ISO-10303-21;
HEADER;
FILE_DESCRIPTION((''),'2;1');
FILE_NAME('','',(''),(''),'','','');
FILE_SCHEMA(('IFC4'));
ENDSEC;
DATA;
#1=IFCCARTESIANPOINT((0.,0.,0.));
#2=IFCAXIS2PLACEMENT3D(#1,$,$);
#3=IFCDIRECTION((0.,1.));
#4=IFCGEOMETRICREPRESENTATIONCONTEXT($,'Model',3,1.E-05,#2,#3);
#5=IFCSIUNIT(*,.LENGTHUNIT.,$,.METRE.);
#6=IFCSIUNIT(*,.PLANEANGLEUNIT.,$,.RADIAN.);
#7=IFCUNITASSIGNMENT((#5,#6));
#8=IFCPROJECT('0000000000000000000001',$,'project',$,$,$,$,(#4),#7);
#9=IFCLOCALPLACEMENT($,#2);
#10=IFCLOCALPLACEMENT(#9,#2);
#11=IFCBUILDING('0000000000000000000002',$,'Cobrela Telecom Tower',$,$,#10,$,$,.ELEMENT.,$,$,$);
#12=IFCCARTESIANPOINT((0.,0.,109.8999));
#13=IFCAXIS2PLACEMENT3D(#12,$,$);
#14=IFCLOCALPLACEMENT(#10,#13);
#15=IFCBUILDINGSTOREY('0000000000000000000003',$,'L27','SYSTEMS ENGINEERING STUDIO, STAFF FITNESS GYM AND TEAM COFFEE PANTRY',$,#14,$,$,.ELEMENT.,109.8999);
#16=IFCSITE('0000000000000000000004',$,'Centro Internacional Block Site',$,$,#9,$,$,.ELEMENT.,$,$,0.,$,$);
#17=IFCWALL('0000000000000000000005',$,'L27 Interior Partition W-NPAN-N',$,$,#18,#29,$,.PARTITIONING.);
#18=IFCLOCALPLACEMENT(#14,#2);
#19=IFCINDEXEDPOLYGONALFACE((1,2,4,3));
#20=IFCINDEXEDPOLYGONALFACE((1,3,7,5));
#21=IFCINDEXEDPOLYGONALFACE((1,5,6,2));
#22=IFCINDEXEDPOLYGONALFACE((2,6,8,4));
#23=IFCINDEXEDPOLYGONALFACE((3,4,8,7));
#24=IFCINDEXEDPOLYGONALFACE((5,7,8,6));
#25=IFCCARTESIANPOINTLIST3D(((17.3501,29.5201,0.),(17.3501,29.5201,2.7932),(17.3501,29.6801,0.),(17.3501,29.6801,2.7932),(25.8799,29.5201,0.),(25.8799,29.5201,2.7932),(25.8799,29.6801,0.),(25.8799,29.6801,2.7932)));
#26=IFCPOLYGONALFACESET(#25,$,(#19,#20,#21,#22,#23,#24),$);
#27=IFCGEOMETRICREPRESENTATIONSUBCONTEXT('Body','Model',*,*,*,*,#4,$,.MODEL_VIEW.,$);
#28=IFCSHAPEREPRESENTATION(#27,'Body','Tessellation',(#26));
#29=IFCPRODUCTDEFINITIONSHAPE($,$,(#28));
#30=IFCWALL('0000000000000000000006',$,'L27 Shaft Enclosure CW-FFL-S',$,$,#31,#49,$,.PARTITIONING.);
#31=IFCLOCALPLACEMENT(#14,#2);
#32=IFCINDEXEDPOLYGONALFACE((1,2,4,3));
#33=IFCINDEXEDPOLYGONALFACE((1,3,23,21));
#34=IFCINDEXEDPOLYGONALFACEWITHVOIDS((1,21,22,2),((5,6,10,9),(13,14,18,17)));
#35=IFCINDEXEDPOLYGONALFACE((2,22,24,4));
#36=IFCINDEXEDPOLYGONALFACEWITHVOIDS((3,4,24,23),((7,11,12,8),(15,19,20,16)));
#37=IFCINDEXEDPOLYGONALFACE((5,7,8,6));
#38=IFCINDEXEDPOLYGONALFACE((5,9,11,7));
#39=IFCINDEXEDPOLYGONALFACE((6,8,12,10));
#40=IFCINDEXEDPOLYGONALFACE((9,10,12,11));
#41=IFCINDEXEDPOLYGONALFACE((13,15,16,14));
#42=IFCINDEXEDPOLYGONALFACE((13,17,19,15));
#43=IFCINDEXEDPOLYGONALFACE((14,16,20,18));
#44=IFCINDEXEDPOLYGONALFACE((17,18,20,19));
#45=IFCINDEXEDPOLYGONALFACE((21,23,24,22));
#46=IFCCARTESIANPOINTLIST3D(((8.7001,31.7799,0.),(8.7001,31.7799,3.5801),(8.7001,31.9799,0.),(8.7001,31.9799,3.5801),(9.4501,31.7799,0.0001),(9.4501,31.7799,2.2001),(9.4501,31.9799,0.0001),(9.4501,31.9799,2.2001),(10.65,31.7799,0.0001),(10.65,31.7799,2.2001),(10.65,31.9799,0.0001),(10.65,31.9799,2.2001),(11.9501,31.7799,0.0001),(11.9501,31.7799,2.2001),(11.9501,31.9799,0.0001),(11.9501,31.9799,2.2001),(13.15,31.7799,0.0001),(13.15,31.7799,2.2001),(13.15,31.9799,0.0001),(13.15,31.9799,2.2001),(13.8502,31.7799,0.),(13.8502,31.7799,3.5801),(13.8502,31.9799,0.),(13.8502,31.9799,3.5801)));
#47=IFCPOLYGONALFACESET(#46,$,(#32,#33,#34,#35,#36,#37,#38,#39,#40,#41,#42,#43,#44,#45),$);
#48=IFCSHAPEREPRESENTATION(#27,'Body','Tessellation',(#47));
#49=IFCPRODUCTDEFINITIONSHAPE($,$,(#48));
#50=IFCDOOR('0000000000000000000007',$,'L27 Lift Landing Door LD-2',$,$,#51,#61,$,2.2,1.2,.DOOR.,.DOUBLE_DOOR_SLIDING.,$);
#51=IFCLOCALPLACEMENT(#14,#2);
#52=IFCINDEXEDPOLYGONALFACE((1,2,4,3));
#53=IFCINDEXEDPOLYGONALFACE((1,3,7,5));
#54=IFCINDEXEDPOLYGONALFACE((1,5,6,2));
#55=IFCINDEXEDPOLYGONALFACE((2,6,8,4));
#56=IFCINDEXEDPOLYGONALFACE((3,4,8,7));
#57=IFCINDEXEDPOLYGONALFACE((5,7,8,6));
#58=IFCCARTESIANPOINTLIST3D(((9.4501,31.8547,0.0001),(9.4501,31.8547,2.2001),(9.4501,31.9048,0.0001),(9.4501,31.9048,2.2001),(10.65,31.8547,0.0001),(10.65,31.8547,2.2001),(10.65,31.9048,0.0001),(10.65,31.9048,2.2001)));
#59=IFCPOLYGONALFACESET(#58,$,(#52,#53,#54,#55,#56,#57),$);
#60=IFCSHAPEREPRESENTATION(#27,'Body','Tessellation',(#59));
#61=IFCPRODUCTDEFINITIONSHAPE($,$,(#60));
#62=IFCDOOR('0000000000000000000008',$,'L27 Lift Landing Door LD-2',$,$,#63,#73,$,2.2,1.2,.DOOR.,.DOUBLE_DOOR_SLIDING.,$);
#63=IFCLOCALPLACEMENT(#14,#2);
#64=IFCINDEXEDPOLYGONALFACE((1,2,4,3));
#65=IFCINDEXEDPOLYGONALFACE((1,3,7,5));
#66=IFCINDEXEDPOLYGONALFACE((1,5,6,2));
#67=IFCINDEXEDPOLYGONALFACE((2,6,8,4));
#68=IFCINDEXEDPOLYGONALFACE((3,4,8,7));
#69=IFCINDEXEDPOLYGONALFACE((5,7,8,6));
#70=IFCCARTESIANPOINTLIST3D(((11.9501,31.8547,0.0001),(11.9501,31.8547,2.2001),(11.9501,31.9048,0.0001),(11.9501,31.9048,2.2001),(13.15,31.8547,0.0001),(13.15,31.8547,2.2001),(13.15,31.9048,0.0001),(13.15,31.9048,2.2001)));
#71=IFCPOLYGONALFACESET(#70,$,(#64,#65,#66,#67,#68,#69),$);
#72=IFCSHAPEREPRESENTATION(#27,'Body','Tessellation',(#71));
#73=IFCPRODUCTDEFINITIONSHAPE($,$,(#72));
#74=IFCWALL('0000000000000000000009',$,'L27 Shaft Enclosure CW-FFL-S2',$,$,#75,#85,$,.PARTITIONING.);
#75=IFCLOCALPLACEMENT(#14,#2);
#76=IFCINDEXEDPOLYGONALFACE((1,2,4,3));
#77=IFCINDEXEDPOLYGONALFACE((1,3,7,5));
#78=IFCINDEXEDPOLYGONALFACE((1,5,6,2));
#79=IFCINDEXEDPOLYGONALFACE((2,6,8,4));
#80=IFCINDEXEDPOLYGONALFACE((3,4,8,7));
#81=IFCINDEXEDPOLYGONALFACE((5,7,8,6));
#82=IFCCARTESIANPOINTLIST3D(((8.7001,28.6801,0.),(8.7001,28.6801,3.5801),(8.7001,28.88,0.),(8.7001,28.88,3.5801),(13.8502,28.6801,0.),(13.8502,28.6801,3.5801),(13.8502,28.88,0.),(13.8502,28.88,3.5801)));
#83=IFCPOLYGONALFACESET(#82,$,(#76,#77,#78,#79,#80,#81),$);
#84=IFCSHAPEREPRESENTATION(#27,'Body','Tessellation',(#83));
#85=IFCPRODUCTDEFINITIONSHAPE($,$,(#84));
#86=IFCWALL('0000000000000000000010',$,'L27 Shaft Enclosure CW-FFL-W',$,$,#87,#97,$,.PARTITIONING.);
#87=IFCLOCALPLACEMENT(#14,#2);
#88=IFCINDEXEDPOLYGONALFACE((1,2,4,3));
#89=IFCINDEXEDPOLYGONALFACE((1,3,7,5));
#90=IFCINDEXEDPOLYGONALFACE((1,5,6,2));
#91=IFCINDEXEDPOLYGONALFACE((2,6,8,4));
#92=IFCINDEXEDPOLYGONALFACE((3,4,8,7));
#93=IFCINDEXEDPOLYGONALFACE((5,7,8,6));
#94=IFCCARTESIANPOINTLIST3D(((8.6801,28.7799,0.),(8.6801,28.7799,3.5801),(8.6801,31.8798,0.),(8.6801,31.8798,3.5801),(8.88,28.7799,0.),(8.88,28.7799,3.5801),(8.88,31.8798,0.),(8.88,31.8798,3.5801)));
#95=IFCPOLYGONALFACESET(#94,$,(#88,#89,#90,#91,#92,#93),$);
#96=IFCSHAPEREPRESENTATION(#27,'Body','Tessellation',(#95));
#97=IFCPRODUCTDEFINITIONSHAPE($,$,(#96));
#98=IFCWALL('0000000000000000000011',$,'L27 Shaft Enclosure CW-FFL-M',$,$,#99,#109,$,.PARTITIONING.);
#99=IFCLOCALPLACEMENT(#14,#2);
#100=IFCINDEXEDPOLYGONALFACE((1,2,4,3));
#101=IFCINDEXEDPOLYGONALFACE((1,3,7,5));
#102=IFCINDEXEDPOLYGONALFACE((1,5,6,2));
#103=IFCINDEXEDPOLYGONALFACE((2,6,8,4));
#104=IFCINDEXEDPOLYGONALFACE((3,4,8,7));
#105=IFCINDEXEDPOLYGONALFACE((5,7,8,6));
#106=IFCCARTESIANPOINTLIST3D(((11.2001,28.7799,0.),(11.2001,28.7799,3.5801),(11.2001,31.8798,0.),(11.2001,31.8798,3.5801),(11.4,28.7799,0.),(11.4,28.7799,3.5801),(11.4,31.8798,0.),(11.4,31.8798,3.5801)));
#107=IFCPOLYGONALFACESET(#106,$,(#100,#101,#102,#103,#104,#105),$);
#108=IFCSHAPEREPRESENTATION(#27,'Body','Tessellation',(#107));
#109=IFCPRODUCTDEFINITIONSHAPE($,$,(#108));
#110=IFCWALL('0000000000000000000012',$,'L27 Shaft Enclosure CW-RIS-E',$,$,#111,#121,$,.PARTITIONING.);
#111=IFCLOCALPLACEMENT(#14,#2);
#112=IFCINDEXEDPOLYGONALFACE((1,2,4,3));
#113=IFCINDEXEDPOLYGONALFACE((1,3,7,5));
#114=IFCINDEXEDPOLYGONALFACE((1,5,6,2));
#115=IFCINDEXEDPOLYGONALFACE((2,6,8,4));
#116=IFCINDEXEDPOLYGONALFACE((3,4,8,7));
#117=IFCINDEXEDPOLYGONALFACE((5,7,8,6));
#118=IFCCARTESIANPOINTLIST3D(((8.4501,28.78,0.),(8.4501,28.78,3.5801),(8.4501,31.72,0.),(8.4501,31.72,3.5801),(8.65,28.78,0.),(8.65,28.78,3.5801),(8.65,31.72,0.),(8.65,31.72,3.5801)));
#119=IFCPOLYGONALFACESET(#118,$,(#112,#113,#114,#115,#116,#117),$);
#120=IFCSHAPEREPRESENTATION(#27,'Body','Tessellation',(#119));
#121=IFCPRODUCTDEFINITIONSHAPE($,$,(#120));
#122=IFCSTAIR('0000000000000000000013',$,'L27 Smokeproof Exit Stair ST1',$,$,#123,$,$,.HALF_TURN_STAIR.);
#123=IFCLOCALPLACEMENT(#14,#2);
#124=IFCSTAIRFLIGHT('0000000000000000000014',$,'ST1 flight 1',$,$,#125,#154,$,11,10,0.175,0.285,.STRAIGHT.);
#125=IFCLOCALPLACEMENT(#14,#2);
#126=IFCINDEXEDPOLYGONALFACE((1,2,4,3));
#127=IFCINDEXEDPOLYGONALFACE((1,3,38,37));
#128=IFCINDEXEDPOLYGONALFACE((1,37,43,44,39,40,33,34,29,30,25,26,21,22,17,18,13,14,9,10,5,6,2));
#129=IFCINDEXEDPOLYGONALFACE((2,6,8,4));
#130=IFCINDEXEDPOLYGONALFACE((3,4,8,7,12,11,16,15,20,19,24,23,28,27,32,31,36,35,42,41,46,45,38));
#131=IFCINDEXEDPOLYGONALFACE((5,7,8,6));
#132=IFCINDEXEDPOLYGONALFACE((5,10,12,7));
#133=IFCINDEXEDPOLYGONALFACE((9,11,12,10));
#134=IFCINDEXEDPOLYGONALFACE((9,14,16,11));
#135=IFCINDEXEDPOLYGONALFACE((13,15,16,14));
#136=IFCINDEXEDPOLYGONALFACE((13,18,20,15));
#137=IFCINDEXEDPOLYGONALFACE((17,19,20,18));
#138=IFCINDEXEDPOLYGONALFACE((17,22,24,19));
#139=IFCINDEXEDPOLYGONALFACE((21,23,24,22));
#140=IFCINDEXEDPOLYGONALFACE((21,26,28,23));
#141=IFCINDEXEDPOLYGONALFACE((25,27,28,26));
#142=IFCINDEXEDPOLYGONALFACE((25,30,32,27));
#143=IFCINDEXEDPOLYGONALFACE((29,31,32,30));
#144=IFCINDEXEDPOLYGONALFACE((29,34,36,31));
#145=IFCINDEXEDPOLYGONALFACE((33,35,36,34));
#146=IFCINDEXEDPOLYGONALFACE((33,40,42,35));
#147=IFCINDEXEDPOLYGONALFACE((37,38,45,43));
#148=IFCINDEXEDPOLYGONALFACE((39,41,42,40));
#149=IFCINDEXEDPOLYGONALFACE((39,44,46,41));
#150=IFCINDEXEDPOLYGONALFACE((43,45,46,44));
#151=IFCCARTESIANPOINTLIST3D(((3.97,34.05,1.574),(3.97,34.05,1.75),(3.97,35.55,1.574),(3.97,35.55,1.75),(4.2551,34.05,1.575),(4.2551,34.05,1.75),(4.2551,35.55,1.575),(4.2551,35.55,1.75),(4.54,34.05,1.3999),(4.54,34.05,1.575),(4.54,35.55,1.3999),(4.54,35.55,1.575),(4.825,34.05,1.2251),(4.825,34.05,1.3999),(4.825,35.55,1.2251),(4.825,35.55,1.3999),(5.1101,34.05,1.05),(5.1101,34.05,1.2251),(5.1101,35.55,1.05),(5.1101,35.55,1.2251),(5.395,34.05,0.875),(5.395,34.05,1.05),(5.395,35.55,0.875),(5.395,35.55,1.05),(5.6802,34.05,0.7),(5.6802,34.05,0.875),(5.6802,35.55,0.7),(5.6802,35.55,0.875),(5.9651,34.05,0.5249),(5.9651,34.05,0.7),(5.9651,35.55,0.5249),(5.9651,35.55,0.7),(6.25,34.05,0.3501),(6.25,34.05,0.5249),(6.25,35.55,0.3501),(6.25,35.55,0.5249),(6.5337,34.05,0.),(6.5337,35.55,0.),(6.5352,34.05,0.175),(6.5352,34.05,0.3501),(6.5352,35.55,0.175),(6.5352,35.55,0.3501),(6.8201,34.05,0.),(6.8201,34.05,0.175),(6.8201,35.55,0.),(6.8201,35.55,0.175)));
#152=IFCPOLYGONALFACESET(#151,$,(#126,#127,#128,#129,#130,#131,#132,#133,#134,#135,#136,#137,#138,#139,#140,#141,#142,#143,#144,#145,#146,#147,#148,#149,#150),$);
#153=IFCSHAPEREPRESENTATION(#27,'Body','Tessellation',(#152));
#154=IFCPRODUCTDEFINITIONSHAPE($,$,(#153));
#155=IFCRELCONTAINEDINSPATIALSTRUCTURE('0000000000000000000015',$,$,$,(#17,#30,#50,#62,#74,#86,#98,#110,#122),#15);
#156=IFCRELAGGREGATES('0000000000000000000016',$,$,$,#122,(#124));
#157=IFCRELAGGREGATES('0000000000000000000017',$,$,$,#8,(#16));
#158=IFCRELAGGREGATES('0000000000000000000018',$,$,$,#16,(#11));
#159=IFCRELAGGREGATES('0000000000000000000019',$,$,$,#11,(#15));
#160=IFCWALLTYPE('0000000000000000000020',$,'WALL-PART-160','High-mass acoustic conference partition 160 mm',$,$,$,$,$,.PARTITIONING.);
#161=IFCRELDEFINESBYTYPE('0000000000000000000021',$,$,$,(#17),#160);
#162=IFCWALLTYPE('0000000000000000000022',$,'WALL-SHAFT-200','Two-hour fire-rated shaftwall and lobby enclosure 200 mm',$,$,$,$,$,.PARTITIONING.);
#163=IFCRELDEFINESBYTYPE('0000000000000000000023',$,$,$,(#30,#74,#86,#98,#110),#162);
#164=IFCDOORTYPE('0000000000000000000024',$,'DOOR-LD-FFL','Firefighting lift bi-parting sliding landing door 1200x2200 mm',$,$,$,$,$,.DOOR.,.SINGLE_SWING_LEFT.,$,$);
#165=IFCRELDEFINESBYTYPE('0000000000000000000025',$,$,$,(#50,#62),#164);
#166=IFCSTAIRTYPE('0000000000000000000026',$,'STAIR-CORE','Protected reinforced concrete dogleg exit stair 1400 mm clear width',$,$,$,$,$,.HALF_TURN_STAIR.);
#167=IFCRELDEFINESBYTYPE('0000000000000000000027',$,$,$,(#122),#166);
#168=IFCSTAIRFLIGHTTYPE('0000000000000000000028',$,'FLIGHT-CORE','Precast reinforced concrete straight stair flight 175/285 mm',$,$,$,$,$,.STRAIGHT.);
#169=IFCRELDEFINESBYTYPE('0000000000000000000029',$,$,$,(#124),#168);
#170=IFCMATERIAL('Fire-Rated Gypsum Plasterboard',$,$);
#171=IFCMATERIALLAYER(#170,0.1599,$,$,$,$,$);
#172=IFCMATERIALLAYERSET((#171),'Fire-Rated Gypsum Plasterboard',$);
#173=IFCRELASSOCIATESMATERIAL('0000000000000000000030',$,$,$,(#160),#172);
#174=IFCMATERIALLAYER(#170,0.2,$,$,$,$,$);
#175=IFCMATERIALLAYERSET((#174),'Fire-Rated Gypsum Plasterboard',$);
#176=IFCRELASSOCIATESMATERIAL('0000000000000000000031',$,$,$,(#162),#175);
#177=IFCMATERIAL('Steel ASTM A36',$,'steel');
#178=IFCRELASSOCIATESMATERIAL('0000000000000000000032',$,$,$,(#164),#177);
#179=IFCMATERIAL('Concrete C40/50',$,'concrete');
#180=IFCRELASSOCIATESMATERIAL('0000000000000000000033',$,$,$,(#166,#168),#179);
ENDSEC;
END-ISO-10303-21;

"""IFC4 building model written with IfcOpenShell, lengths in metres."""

from ifc_helpers import new_model, si_unit, direction, frame, frame_2d, origin, place, context, subcontext, project, spatial, polyline, rectangle, outline, extrude, material, layer, layer_set, type_object, element, fill, aggregate, save


model = new_model("IFC4")

# Units and contexts
model_context = context("Model", 3, precision=1e-05, world=origin(), true_north=direction((0.0, 1.0)))
body_context = subcontext(model_context, "Body", "Model", "MODEL_VIEW")
ifc_project = project(units=[si_unit("LENGTHUNIT", "METRE"), si_unit("PLANEANGLEUNIT", "RADIAN")], contexts=[model_context])

# Site, building, storey
site_placement = place(None, origin())
site = spatial("IfcSite", under=ifc_project, at=site_placement, Name="Centro Internacional Block Site", CompositionType="ELEMENT", RefElevation=0.0)
building_placement = place(site_placement, origin())
building = spatial("IfcBuilding", under=site, at=building_placement, Name="Cobrela Telecom Tower", CompositionType="ELEMENT")
storey_placement = place(building_placement, frame((0.0, 0.0, 109.8999)))
storey = spatial("IfcBuildingStorey", under=building, at=storey_placement, Name="L27", Description="SYSTEMS ENGINEERING STUDIO, STAFF FITNESS GYM AND TEAM COFFEE PANTRY", CompositionType="ELEMENT", Elevation=109.8999)

# Shared definitions
ifc_material_1 = material(Name="Concrete C40/50", Category="concrete")

# Shared definitions
ifc_material_2 = material(Name="Steel ASTM A36", Category="steel")

# Shared definitions
ifc_material_3 = material(Name="Fire-Rated Gypsum Plasterboard")

# Wall
ifc_layer_1 = layer(ifc_material_3, 0.1599)
ifc_layer_set_1 = layer_set([ifc_layer_1], Name="Fire-Rated Gypsum Plasterboard")
wall_type_1 = type_object("IfcWallType", Name="WALL-PART-160", Description="High-mass acoustic conference partition 160 mm", PredefinedType="PARTITIONING", material=ifc_layer_set_1)
wall_1_placement = place(storey_placement, frame((17.3501, 29.6001, 0.0), z_axis=(0.0, 0.0, 1.0), x_axis=(1.0, 0.0, 0.0)))
element("IfcWall", 1, at=wall_1_placement, inside=storey, type_object=wall_type_1, Name="L27 Interior Partition W-NPAN-N", PredefinedType="PARTITIONING", context=body_context, shape_type="SweptSolid", body=[
    extrude(rectangle(XDim=8.5298, YDim=0.1599, at=frame_2d((4.2649, 0.0))), origin(), (0.0, 0.0, 1.0), 2.7932),
])

# Wall, openings, doors
ifc_layer_2 = layer(ifc_material_3, 0.2)
ifc_layer_set_2 = layer_set([ifc_layer_2], Name="Fire-Rated Gypsum Plasterboard")
wall_type_2 = type_object("IfcWallType", Name="WALL-SHAFT-200", Description="Two-hour fire-rated shaftwall and lobby enclosure 200 mm", PredefinedType="PARTITIONING", material=ifc_layer_set_2)
wall_2_placement = place(storey_placement, frame((8.7, 31.8799, 0.0), z_axis=(0.0, 0.0, 1.0), x_axis=(1.0, 0.0, 0.0)))
wall_2 = element("IfcWall", 2, at=wall_2_placement, inside=storey, type_object=wall_type_2, Name="L27 Shaft Enclosure CW-FFL-S", PredefinedType="PARTITIONING", context=body_context, shape_type="SweptSolid", body=[
    extrude(rectangle(XDim=5.1501, YDim=0.2, at=frame_2d((2.5752, 0.0))), origin(), (0.0, 0.0, 1.0), 3.5801),
])
opening_1_placement = place(wall_2_placement, frame((0.75, 0.0, 0.0)))
opening_1 = element("IfcOpeningElement", 3, at=opening_1_placement, cuts=wall_2, PredefinedType="OPENING", context=body_context, shape_type="SweptSolid", body=[
    extrude(rectangle(XDim=1.2, YDim=2.2, at=frame_2d((0.6001, 1.1001))), frame((0.0, 0.1118, 0.0), z_axis=(0.0, -1.0, 0.0), x_axis=(1.0, 0.0, 0.0)), (0.0, 0.0, 1.0), 0.2239),
])
opening_2_placement = place(wall_2_placement, frame((3.25, 0.0, 0.0)))
opening_2 = element("IfcOpeningElement", 4, at=opening_2_placement, cuts=wall_2, PredefinedType="OPENING", context=body_context, shape_type="SweptSolid", body=[
    extrude(rectangle(XDim=1.2, YDim=2.2, at=frame_2d((0.6001, 1.1001))), frame((0.0, 0.1118, 0.0), z_axis=(0.0, -1.0, 0.0), x_axis=(1.0, 0.0, 0.0)), (0.0, 0.0, 1.0), 0.2239),
])
door_type_1 = type_object("IfcDoorType", Name="DOOR-LD-FFL", Description="Firefighting lift bi-parting sliding landing door 1200x2200 mm", OperationType="SINGLE_SWING_LEFT", PredefinedType="DOOR", material=ifc_material_2)
door_1_placement = place(opening_1_placement, origin())
door_1 = element("IfcDoor", 5, at=door_1_placement, inside=storey, type_object=door_type_1, Name="L27 Lift Landing Door LD-2", OperationType="DOUBLE_DOOR_SLIDING", OverallHeight=2.2, OverallWidth=1.2, PredefinedType="DOOR", context=body_context, shape_type="SweptSolid", body=[
    extrude(rectangle(XDim=1.2, YDim=2.2, at=frame_2d((0.6001, 1.1001))), frame((0.0, 0.0249, 0.0), z_axis=(0.0, -1.0, 0.0), x_axis=(1.0, 0.0, 0.0)), (0.0, 0.0, 1.0), 0.05),
])
fill(opening_1, door_1)
door_2_placement = place(opening_2_placement, origin())
door_2 = element("IfcDoor", 6, at=door_2_placement, inside=storey, type_object=door_type_1, Name="L27 Lift Landing Door LD-2", OperationType="DOUBLE_DOOR_SLIDING", OverallHeight=2.2, OverallWidth=1.2, PredefinedType="DOOR", context=body_context, shape_type="SweptSolid", body=[
    extrude(rectangle(XDim=1.2, YDim=2.2, at=frame_2d((0.6001, 1.1001))), frame((0.0, 0.0249, 0.0), z_axis=(0.0, -1.0, 0.0), x_axis=(1.0, 0.0, 0.0)), (0.0, 0.0, 1.0), 0.05),
])
fill(opening_2, door_2)

# Walls
wall_3_placement = place(storey_placement, frame((8.7, 28.78, 0.0), z_axis=(0.0, 0.0, 1.0), x_axis=(1.0, 0.0, 0.0)))
element("IfcWall", 7, at=wall_3_placement, inside=storey, type_object=wall_type_2, Name="L27 Shaft Enclosure CW-FFL-S2", PredefinedType="PARTITIONING", context=body_context, shape_type="SweptSolid", body=[
    extrude(rectangle(XDim=5.1501, YDim=0.2, at=frame_2d((2.5752, 0.0))), origin(), (0.0, 0.0, 1.0), 3.5801),
])
for number, where, z_axis, x_axis, name in (
    (8, (8.78, 28.78, 0.0), (0.0, 0.0, 1.0), (0.0, 1.0, 0.0), "L27 Shaft Enclosure CW-FFL-W"),
    (9, (11.3, 28.78, 0.0), (0.0, 0.0, 1.0), (0.0, 1.0, 0.0), "L27 Shaft Enclosure CW-FFL-M"),
):
    element("IfcWall", number, at=place(storey_placement, frame(where, z_axis=z_axis, x_axis=x_axis)), inside=storey, type_object=wall_type_2, Name=name, PredefinedType="PARTITIONING", context=body_context, shape_type="SweptSolid", body=[
        extrude(rectangle(XDim=3.0999, YDim=0.2, at=frame_2d((1.5498, 0.0))), origin(), (0.0, 0.0, 1.0), 3.5801),
    ])
wall_4_placement = place(storey_placement, frame((8.55, 28.78, 0.0), z_axis=(0.0, 0.0, 1.0), x_axis=(0.0, 1.0, 0.0)))
element("IfcWall", 10, at=wall_4_placement, inside=storey, type_object=wall_type_2, Name="L27 Shaft Enclosure CW-RIS-E", PredefinedType="PARTITIONING", context=body_context, shape_type="SweptSolid", body=[
    extrude(rectangle(XDim=2.9399, YDim=0.2, at=frame_2d((1.47, 0.0))), origin(), (0.0, 0.0, 1.0), 3.5801),
])

# Stair, stair flight
stair_type = type_object("IfcStairType", Name="STAIR-CORE", Description="Protected reinforced concrete dogleg exit stair 1400 mm clear width", PredefinedType="HALF_TURN_STAIR", material=ifc_material_1)
stair_placement = place(storey_placement, origin())
stair = element("IfcStair", 11, at=stair_placement, inside=storey, type_object=stair_type, Name="L27 Smokeproof Exit Stair ST1", PredefinedType="HALF_TURN_STAIR")
stair_flight_type = type_object("IfcStairFlightType", Name="FLIGHT-CORE", Description="Precast reinforced concrete straight stair flight 175/285 mm", PredefinedType="STRAIGHT", material=ifc_material_1)
stair_flight_placement = place(storey_placement, frame((6.8201, 34.8, 0.0), z_axis=(0.0, 0.0, 1.0), x_axis=(-1.0, 0.0, 0.0)))
stair_flight = element("IfcStairFlight", 12, at=stair_flight_placement, type_object=stair_flight_type, Name="ST1 flight 1", NumberOfRisers=11, NumberOfTreads=10, PredefinedType="STRAIGHT", RiserHeight=0.175, TreadLength=0.285, context=body_context, shape_type="SweptSolid", body=[
    extrude(outline(polyline([(0.0, 0.0), (0.0, 0.175), (0.2849, 0.175), (0.2849, 0.3501), (0.5701, 0.3501), (0.5701, 0.5249), (0.855, 0.5249), (0.855, 0.7), (1.1399, 0.7), (1.1399, 0.875), (1.425, 0.875), (1.425, 1.05), (1.71, 1.05), (1.71, 1.2251), (1.9951, 1.2251), (1.9951, 1.3999), (2.28, 1.3999), (2.28, 1.575), (2.5649, 1.575), (2.5649, 1.75), (2.8501, 1.75), (2.8501, 1.925), (2.8501, 1.574), (0.2864, 0.0), (0.0, 0.0)])), frame((0.0, 0.75, 0.0), z_axis=(0.0, -1.0, 0.0), x_axis=(1.0, 0.0, 0.0)), (0.0, 0.0, 1.0), 1.5),
])
aggregate(stair, [stair_flight])

save(model, "model.ifc")
